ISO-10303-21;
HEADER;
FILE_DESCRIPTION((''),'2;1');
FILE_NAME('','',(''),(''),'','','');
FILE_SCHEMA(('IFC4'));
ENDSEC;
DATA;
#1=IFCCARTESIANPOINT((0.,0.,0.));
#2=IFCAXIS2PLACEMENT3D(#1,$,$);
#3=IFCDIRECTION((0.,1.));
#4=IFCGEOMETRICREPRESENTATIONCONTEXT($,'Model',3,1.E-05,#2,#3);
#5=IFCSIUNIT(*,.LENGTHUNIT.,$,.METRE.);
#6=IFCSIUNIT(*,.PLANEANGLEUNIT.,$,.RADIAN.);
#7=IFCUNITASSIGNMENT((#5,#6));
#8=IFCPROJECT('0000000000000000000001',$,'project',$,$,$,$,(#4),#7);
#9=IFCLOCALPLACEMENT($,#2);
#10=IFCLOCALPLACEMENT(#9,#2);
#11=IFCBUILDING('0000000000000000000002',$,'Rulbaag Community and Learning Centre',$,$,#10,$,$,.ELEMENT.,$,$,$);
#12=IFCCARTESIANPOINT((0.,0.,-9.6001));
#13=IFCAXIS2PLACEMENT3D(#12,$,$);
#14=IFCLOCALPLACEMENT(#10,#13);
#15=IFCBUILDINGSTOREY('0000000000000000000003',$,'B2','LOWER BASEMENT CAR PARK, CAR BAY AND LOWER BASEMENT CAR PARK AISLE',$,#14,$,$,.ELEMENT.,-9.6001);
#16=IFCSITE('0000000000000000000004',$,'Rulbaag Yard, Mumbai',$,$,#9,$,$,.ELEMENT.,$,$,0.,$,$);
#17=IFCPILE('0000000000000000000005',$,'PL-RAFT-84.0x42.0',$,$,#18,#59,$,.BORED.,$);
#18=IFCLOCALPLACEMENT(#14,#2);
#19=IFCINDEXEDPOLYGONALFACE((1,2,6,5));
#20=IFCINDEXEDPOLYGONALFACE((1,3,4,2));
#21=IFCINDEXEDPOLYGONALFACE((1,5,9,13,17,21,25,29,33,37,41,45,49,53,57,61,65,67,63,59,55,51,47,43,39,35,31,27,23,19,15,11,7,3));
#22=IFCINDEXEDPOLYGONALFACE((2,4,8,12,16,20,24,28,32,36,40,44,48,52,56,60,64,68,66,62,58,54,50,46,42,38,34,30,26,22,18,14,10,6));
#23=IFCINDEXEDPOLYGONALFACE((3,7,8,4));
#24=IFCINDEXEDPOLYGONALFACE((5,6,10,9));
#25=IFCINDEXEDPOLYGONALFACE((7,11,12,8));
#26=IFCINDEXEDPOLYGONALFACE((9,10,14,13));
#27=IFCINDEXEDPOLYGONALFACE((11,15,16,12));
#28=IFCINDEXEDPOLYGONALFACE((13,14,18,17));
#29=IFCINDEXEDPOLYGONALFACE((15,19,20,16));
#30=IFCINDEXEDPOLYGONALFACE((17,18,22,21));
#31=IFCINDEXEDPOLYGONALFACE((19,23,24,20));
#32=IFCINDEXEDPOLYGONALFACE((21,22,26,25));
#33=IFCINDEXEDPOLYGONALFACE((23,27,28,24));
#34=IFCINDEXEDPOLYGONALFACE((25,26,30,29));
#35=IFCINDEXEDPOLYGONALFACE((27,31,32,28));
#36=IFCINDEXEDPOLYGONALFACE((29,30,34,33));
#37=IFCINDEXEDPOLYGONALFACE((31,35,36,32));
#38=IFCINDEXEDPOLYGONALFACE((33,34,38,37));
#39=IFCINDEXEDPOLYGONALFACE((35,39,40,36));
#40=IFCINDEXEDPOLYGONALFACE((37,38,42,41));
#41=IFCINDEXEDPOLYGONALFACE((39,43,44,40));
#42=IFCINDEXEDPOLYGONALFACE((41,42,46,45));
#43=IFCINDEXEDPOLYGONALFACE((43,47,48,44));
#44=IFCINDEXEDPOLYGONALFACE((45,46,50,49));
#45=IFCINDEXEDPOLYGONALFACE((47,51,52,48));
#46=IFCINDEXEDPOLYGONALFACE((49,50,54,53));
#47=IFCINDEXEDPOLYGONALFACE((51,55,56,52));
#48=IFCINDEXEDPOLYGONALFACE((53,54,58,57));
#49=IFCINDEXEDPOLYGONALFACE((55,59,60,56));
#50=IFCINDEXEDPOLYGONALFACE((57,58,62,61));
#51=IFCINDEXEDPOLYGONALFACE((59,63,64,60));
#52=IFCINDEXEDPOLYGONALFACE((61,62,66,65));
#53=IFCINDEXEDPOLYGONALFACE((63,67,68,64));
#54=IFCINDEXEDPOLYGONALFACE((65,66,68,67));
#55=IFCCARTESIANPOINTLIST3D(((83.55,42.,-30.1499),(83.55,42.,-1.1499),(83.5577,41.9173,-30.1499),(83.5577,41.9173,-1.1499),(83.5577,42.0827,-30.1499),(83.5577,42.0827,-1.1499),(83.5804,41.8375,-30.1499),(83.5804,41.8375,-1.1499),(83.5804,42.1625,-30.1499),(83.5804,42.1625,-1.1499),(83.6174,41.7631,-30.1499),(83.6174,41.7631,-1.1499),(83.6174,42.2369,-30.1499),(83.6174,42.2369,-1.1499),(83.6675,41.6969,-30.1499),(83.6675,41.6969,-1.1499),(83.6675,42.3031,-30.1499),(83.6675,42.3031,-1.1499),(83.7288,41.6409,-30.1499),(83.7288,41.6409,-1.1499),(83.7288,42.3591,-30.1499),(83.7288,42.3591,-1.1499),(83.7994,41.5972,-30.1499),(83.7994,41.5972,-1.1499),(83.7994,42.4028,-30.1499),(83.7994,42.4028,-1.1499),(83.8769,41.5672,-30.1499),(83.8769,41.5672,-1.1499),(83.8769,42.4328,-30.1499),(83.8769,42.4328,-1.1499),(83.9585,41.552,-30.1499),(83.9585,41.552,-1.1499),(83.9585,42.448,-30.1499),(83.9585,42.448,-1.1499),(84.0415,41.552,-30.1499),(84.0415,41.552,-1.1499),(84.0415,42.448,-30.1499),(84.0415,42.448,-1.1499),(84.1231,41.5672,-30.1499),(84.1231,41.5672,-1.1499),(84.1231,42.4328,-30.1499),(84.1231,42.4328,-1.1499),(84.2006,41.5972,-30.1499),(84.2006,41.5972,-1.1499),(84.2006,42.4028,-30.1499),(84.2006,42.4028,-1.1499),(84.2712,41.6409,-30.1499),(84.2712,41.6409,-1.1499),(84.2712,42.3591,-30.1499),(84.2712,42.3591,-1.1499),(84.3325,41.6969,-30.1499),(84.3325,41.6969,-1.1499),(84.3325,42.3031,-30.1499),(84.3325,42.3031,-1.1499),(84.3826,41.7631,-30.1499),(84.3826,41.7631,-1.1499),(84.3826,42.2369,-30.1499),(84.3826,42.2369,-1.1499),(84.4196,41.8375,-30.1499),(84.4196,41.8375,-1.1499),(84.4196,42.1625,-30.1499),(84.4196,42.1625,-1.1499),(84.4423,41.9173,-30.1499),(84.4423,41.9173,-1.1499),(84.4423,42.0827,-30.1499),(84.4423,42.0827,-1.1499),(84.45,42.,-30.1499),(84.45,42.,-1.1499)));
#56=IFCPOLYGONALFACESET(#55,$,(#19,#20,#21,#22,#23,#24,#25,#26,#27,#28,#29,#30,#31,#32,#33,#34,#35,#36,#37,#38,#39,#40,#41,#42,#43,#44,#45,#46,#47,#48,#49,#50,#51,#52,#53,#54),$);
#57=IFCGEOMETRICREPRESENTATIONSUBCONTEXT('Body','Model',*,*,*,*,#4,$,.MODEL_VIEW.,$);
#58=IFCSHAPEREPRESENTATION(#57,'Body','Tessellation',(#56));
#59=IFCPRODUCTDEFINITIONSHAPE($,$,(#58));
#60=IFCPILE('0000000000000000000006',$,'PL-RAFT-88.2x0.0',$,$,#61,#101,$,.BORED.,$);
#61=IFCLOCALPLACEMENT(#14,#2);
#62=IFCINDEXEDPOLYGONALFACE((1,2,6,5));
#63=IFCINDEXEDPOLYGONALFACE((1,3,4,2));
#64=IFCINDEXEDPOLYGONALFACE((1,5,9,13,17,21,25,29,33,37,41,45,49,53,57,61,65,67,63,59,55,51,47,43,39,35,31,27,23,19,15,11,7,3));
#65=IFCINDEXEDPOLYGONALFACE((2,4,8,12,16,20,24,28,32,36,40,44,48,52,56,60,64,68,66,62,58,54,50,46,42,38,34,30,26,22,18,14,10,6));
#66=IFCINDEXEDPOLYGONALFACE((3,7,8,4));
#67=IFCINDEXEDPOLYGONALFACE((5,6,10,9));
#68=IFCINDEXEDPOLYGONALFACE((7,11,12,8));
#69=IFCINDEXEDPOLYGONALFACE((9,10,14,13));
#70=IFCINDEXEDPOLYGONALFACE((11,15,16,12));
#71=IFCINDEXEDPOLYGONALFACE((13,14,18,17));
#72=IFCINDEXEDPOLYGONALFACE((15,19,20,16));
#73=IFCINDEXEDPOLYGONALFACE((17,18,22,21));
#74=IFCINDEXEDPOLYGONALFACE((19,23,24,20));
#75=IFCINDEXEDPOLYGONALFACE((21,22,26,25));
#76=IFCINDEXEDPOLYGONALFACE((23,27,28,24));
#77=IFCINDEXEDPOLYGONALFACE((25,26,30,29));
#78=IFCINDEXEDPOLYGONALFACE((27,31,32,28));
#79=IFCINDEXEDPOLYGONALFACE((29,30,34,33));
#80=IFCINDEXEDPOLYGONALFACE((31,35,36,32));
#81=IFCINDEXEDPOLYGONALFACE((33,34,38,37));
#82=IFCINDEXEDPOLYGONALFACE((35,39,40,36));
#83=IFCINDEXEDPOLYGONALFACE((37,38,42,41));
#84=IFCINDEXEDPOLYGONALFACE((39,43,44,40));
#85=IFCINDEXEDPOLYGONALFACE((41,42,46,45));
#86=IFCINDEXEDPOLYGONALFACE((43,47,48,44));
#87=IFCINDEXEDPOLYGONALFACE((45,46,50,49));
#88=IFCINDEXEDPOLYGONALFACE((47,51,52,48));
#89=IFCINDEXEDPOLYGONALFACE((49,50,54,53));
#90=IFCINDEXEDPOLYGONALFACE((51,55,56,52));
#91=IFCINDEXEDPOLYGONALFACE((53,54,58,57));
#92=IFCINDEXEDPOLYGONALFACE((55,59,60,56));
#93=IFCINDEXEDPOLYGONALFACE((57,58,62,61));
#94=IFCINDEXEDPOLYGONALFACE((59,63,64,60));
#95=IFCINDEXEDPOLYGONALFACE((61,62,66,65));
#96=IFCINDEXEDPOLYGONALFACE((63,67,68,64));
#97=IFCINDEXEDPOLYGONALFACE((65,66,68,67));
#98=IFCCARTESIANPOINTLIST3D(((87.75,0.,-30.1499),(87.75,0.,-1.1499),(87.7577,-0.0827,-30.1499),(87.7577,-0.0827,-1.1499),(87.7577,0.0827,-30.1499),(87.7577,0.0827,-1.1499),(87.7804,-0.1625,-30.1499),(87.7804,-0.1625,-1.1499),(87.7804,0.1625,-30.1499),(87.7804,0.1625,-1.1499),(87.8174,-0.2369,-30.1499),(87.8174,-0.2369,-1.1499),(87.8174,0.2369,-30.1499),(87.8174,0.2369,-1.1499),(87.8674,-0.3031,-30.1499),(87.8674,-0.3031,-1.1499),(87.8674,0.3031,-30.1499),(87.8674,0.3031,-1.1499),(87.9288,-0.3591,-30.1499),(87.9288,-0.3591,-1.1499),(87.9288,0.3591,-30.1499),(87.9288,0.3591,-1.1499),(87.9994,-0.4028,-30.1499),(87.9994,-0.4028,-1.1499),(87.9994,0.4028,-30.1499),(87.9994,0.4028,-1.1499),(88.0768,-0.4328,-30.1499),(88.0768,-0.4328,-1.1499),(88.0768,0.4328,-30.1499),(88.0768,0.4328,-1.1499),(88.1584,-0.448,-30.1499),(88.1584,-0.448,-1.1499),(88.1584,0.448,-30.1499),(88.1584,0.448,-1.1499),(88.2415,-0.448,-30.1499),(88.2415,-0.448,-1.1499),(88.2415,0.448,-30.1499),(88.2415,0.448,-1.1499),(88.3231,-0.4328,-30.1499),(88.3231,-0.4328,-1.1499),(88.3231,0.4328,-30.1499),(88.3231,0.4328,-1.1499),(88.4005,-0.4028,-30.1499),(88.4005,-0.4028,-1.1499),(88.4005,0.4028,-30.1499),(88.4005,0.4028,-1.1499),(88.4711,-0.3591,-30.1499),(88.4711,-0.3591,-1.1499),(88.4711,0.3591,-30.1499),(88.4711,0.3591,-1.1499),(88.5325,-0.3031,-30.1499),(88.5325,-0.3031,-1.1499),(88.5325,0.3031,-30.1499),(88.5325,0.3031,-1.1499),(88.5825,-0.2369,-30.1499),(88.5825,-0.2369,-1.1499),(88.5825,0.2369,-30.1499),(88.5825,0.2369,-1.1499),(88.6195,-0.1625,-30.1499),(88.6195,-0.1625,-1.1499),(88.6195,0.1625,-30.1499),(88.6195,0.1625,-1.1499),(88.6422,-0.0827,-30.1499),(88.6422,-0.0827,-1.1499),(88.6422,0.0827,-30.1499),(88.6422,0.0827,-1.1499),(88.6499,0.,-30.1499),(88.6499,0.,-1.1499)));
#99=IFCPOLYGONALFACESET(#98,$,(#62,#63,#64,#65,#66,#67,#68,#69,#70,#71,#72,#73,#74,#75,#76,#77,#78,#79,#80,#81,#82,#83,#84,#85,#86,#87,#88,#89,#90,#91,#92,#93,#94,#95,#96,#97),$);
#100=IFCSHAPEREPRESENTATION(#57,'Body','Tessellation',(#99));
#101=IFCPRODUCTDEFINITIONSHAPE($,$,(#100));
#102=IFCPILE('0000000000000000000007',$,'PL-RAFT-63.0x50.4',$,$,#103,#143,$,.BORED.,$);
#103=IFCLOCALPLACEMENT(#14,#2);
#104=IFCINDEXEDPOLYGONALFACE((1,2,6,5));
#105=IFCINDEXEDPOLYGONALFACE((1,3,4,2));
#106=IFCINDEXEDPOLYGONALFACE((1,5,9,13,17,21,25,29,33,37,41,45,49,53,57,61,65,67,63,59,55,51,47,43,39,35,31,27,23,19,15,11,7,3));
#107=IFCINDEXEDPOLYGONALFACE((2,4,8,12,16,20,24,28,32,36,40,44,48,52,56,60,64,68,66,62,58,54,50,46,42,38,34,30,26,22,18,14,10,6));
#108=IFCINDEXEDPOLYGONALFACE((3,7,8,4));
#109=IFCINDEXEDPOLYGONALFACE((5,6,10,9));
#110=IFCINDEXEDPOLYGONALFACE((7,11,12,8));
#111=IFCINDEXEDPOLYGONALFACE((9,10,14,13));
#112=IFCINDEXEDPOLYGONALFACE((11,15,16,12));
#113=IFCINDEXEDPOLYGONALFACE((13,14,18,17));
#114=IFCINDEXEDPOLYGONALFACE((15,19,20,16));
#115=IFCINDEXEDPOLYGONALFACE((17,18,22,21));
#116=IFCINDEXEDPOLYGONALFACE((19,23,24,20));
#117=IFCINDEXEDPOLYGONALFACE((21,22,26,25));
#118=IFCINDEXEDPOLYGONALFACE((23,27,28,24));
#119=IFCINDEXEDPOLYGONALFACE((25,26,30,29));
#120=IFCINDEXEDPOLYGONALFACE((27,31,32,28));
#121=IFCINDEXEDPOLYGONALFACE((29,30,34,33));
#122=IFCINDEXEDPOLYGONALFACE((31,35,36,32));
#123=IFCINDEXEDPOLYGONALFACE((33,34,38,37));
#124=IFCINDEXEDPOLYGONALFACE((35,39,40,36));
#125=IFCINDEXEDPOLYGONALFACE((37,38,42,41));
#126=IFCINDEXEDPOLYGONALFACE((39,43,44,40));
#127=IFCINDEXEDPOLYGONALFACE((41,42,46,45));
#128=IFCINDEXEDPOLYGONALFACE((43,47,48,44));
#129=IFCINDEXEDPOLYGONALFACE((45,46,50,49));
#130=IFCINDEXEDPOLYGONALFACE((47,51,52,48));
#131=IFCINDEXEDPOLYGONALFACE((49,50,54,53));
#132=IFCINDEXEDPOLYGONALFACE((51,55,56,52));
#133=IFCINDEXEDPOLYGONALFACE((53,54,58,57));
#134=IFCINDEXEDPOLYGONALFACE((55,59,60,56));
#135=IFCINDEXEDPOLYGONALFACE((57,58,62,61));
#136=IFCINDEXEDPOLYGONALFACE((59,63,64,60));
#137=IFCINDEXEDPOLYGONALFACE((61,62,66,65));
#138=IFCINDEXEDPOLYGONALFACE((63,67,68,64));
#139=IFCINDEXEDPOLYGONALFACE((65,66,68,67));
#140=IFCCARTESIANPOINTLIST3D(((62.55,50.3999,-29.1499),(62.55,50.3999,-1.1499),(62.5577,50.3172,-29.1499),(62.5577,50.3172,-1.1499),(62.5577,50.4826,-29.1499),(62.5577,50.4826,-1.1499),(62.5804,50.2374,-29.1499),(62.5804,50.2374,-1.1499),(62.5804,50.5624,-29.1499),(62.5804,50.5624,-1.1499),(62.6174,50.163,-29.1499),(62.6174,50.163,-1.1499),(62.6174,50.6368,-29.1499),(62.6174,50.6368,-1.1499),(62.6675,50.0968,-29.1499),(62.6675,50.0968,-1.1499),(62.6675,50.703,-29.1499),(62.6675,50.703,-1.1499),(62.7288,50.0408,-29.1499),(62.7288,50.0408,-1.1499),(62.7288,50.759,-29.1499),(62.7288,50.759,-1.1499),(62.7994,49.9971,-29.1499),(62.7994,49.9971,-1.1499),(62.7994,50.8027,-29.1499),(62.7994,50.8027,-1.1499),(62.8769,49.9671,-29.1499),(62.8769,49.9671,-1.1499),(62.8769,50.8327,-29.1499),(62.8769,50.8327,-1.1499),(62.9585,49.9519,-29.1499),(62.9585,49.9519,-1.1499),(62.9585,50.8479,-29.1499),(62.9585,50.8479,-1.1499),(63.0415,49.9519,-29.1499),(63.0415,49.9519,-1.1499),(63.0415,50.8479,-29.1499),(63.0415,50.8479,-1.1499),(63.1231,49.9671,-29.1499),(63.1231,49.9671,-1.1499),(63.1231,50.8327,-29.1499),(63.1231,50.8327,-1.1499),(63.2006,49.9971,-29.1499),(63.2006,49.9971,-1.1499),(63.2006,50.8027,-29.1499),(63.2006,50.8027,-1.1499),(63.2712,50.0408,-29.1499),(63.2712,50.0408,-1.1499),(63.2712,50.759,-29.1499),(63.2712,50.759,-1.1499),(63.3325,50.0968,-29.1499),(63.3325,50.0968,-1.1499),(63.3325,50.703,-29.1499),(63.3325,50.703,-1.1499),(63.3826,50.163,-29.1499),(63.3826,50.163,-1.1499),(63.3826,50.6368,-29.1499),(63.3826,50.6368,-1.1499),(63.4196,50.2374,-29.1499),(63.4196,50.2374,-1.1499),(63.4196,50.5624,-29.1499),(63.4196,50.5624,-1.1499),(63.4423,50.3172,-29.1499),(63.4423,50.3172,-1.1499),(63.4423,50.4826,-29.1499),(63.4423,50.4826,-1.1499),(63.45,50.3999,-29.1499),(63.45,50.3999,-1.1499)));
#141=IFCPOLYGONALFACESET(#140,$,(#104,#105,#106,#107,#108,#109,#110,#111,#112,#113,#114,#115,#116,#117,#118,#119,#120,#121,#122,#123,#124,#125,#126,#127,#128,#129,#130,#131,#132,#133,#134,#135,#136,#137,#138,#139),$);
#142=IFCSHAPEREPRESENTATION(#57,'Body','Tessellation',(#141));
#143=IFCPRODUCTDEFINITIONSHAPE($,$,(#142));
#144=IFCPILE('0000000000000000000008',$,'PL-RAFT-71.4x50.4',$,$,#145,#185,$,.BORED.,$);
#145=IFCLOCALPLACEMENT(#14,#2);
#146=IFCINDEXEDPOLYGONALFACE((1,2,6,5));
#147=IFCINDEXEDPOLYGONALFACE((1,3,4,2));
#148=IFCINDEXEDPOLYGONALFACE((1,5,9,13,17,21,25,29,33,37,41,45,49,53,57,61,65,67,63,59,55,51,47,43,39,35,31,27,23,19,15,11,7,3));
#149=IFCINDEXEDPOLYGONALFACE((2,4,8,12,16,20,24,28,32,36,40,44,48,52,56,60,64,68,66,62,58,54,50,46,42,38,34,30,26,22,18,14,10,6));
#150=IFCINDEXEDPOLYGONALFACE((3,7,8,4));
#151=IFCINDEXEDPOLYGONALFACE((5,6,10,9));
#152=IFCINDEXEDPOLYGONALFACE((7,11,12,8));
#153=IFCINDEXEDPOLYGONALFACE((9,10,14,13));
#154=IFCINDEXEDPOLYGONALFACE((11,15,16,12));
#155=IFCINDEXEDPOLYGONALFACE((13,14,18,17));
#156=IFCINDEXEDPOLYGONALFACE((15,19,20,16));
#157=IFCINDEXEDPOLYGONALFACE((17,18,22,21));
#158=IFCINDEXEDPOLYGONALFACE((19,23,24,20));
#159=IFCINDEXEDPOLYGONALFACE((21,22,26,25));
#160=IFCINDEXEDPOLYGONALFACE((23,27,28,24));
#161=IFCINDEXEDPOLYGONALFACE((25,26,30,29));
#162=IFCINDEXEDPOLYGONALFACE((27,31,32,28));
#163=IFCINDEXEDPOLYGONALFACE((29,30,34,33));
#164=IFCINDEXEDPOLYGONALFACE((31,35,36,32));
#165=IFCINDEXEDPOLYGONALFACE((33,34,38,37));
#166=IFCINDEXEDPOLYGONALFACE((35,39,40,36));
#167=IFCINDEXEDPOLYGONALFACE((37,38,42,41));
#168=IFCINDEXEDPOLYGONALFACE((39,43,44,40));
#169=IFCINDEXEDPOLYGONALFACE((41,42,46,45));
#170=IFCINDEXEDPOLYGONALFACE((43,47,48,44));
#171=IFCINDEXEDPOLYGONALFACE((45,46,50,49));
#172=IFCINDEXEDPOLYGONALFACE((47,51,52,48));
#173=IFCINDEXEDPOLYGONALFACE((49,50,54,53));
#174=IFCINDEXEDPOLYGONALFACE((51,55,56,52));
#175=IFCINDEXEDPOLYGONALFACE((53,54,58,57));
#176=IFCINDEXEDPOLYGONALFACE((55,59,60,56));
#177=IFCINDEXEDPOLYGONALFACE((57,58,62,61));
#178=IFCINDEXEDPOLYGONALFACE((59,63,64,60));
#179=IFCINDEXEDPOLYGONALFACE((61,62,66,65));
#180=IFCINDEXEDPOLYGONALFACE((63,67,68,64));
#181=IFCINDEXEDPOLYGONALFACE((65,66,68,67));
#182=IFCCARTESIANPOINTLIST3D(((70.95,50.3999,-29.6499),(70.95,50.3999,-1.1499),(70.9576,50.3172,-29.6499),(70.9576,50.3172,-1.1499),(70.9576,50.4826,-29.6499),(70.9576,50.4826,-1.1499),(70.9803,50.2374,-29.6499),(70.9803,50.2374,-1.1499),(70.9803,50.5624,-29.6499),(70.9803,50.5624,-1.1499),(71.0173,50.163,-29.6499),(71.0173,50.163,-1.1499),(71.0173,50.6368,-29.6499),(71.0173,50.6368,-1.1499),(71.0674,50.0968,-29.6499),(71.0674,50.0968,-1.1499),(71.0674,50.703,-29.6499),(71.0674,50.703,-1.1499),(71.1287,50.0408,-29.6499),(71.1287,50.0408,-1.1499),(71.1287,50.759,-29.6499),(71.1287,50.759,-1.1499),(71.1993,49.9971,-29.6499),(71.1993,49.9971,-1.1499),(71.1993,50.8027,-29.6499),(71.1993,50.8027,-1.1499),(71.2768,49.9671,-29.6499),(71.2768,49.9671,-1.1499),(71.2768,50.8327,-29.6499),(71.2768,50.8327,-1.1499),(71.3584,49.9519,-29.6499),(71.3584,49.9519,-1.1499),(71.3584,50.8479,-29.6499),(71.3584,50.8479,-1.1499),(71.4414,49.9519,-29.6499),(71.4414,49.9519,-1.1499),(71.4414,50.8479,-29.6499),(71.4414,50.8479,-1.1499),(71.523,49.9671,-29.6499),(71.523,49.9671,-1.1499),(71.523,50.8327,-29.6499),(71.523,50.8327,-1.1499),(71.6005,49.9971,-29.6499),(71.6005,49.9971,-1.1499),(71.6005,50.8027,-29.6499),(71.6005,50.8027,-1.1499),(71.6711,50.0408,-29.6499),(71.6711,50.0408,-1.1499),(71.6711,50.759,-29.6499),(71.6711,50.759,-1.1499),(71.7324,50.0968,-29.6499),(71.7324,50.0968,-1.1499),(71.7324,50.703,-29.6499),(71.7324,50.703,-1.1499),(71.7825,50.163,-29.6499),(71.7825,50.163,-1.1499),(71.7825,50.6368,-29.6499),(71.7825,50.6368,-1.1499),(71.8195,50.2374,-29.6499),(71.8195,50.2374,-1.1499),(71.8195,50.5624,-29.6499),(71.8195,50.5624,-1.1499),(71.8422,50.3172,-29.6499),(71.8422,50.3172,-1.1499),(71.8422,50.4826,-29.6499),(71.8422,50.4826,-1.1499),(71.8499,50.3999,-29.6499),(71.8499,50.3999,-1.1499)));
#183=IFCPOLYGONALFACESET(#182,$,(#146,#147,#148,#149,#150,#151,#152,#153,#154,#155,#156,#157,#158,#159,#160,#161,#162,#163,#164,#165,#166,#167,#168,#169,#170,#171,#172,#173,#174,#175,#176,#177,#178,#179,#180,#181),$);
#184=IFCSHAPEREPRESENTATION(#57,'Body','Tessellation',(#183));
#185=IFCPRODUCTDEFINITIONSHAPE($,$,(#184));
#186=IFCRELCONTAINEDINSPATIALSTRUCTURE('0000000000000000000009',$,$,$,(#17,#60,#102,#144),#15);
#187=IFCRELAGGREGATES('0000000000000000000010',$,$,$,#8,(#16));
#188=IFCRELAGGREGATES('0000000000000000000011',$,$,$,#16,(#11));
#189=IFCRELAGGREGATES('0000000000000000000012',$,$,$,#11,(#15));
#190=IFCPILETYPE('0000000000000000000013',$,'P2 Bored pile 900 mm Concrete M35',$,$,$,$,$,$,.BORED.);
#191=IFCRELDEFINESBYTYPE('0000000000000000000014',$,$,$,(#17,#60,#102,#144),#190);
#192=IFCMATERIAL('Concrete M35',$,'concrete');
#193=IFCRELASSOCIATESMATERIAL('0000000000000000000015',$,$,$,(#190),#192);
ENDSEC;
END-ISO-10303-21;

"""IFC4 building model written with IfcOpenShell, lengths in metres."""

from ifc_helpers import new_model, si_unit, direction, frame, origin, origin_2d, place, context, subcontext, project, spatial, circle, extrude, material, material_profile, profile_set, type_object, element, save


model = new_model("IFC4")

# Units and contexts
model_context = context("Model", 3, precision=1e-05, world=origin(), true_north=direction((0.0, 1.0)))
body_context = subcontext(model_context, "Body", "Model", "MODEL_VIEW")
ifc_project = project(units=[si_unit("LENGTHUNIT", "METRE"), si_unit("PLANEANGLEUNIT", "RADIAN")], contexts=[model_context])

# Site, building, storey
site_placement = place(None, origin())
site = spatial("IfcSite", under=ifc_project, at=site_placement, Name="Rulbaag Yard, Mumbai", CompositionType="ELEMENT", RefElevation=0.0)
building_placement = place(site_placement, origin())
building = spatial("IfcBuilding", under=site, at=building_placement, Name="Rulbaag Community and Learning Centre", CompositionType="ELEMENT")
storey_placement = place(building_placement, frame((0.0, 0.0, -9.6001)))
storey = spatial("IfcBuildingStorey", under=building, at=storey_placement, Name="B2", Description="LOWER BASEMENT CAR PARK, CAR BAY AND LOWER BASEMENT CAR PARK AISLE", CompositionType="ELEMENT", Elevation=-9.6001)

# Piles
ifc_material_1 = material(Name="Concrete M35", Category="concrete")
ifc_material_profile_1 = material_profile(ifc_material_1, circle(Radius=0.45, at=origin_2d()), Name="BP900")
ifc_profile_set_1 = profile_set([ifc_material_profile_1], Name="Concrete M35")
pile_type_1 = type_object("IfcPileType", Name="P2 Bored pile 900 mm Concrete M35", PredefinedType="BORED", material=ifc_profile_set_1)
for number, where, z_axis, x_axis, name in (
    (1, (84.0, 42.0, -1.1499), (0.0, 0.0, -1.0), (1.0, 0.0, 0.0), "PL-RAFT-84.0x42.0"),
    (2, (88.2, 0.0, -1.1499), (0.0, 0.0, -1.0), (1.0, 0.0, 0.0), "PL-RAFT-88.2x0.0"),
):
    element("IfcPile", number, at=place(storey_placement, frame(where, z_axis=z_axis, x_axis=x_axis)), inside=storey, type_object=pile_type_1, Name=name, PredefinedType="BORED", context=body_context, shape_type="SweptSolid", body=[
        extrude(circle(Radius=0.45, at=origin_2d()), origin(), (0.0, 0.0, 1.0), 29.0),
    ])
pile_1_placement = place(storey_placement, frame((63.0, 50.3999, -1.1499), z_axis=(0.0, 0.0, -1.0), x_axis=(1.0, 0.0, 0.0)))
element("IfcPile", 3, at=pile_1_placement, inside=storey, type_object=pile_type_1, Name="PL-RAFT-63.0x50.4", PredefinedType="BORED", context=body_context, shape_type="SweptSolid", body=[
    extrude(circle(Radius=0.45, at=origin_2d()), origin(), (0.0, 0.0, 1.0), 28.0),
])
pile_2_placement = place(storey_placement, frame((71.3999, 50.3999, -1.1499), z_axis=(0.0, 0.0, -1.0), x_axis=(1.0, 0.0, 0.0)))
element("IfcPile", 4, at=pile_2_placement, inside=storey, type_object=pile_type_1, Name="PL-RAFT-71.4x50.4", PredefinedType="BORED", context=body_context, shape_type="SweptSolid", body=[
    extrude(circle(Radius=0.45, at=origin_2d()), origin(), (0.0, 0.0, 1.0), 28.5),
])

save(model, "model.ifc")
